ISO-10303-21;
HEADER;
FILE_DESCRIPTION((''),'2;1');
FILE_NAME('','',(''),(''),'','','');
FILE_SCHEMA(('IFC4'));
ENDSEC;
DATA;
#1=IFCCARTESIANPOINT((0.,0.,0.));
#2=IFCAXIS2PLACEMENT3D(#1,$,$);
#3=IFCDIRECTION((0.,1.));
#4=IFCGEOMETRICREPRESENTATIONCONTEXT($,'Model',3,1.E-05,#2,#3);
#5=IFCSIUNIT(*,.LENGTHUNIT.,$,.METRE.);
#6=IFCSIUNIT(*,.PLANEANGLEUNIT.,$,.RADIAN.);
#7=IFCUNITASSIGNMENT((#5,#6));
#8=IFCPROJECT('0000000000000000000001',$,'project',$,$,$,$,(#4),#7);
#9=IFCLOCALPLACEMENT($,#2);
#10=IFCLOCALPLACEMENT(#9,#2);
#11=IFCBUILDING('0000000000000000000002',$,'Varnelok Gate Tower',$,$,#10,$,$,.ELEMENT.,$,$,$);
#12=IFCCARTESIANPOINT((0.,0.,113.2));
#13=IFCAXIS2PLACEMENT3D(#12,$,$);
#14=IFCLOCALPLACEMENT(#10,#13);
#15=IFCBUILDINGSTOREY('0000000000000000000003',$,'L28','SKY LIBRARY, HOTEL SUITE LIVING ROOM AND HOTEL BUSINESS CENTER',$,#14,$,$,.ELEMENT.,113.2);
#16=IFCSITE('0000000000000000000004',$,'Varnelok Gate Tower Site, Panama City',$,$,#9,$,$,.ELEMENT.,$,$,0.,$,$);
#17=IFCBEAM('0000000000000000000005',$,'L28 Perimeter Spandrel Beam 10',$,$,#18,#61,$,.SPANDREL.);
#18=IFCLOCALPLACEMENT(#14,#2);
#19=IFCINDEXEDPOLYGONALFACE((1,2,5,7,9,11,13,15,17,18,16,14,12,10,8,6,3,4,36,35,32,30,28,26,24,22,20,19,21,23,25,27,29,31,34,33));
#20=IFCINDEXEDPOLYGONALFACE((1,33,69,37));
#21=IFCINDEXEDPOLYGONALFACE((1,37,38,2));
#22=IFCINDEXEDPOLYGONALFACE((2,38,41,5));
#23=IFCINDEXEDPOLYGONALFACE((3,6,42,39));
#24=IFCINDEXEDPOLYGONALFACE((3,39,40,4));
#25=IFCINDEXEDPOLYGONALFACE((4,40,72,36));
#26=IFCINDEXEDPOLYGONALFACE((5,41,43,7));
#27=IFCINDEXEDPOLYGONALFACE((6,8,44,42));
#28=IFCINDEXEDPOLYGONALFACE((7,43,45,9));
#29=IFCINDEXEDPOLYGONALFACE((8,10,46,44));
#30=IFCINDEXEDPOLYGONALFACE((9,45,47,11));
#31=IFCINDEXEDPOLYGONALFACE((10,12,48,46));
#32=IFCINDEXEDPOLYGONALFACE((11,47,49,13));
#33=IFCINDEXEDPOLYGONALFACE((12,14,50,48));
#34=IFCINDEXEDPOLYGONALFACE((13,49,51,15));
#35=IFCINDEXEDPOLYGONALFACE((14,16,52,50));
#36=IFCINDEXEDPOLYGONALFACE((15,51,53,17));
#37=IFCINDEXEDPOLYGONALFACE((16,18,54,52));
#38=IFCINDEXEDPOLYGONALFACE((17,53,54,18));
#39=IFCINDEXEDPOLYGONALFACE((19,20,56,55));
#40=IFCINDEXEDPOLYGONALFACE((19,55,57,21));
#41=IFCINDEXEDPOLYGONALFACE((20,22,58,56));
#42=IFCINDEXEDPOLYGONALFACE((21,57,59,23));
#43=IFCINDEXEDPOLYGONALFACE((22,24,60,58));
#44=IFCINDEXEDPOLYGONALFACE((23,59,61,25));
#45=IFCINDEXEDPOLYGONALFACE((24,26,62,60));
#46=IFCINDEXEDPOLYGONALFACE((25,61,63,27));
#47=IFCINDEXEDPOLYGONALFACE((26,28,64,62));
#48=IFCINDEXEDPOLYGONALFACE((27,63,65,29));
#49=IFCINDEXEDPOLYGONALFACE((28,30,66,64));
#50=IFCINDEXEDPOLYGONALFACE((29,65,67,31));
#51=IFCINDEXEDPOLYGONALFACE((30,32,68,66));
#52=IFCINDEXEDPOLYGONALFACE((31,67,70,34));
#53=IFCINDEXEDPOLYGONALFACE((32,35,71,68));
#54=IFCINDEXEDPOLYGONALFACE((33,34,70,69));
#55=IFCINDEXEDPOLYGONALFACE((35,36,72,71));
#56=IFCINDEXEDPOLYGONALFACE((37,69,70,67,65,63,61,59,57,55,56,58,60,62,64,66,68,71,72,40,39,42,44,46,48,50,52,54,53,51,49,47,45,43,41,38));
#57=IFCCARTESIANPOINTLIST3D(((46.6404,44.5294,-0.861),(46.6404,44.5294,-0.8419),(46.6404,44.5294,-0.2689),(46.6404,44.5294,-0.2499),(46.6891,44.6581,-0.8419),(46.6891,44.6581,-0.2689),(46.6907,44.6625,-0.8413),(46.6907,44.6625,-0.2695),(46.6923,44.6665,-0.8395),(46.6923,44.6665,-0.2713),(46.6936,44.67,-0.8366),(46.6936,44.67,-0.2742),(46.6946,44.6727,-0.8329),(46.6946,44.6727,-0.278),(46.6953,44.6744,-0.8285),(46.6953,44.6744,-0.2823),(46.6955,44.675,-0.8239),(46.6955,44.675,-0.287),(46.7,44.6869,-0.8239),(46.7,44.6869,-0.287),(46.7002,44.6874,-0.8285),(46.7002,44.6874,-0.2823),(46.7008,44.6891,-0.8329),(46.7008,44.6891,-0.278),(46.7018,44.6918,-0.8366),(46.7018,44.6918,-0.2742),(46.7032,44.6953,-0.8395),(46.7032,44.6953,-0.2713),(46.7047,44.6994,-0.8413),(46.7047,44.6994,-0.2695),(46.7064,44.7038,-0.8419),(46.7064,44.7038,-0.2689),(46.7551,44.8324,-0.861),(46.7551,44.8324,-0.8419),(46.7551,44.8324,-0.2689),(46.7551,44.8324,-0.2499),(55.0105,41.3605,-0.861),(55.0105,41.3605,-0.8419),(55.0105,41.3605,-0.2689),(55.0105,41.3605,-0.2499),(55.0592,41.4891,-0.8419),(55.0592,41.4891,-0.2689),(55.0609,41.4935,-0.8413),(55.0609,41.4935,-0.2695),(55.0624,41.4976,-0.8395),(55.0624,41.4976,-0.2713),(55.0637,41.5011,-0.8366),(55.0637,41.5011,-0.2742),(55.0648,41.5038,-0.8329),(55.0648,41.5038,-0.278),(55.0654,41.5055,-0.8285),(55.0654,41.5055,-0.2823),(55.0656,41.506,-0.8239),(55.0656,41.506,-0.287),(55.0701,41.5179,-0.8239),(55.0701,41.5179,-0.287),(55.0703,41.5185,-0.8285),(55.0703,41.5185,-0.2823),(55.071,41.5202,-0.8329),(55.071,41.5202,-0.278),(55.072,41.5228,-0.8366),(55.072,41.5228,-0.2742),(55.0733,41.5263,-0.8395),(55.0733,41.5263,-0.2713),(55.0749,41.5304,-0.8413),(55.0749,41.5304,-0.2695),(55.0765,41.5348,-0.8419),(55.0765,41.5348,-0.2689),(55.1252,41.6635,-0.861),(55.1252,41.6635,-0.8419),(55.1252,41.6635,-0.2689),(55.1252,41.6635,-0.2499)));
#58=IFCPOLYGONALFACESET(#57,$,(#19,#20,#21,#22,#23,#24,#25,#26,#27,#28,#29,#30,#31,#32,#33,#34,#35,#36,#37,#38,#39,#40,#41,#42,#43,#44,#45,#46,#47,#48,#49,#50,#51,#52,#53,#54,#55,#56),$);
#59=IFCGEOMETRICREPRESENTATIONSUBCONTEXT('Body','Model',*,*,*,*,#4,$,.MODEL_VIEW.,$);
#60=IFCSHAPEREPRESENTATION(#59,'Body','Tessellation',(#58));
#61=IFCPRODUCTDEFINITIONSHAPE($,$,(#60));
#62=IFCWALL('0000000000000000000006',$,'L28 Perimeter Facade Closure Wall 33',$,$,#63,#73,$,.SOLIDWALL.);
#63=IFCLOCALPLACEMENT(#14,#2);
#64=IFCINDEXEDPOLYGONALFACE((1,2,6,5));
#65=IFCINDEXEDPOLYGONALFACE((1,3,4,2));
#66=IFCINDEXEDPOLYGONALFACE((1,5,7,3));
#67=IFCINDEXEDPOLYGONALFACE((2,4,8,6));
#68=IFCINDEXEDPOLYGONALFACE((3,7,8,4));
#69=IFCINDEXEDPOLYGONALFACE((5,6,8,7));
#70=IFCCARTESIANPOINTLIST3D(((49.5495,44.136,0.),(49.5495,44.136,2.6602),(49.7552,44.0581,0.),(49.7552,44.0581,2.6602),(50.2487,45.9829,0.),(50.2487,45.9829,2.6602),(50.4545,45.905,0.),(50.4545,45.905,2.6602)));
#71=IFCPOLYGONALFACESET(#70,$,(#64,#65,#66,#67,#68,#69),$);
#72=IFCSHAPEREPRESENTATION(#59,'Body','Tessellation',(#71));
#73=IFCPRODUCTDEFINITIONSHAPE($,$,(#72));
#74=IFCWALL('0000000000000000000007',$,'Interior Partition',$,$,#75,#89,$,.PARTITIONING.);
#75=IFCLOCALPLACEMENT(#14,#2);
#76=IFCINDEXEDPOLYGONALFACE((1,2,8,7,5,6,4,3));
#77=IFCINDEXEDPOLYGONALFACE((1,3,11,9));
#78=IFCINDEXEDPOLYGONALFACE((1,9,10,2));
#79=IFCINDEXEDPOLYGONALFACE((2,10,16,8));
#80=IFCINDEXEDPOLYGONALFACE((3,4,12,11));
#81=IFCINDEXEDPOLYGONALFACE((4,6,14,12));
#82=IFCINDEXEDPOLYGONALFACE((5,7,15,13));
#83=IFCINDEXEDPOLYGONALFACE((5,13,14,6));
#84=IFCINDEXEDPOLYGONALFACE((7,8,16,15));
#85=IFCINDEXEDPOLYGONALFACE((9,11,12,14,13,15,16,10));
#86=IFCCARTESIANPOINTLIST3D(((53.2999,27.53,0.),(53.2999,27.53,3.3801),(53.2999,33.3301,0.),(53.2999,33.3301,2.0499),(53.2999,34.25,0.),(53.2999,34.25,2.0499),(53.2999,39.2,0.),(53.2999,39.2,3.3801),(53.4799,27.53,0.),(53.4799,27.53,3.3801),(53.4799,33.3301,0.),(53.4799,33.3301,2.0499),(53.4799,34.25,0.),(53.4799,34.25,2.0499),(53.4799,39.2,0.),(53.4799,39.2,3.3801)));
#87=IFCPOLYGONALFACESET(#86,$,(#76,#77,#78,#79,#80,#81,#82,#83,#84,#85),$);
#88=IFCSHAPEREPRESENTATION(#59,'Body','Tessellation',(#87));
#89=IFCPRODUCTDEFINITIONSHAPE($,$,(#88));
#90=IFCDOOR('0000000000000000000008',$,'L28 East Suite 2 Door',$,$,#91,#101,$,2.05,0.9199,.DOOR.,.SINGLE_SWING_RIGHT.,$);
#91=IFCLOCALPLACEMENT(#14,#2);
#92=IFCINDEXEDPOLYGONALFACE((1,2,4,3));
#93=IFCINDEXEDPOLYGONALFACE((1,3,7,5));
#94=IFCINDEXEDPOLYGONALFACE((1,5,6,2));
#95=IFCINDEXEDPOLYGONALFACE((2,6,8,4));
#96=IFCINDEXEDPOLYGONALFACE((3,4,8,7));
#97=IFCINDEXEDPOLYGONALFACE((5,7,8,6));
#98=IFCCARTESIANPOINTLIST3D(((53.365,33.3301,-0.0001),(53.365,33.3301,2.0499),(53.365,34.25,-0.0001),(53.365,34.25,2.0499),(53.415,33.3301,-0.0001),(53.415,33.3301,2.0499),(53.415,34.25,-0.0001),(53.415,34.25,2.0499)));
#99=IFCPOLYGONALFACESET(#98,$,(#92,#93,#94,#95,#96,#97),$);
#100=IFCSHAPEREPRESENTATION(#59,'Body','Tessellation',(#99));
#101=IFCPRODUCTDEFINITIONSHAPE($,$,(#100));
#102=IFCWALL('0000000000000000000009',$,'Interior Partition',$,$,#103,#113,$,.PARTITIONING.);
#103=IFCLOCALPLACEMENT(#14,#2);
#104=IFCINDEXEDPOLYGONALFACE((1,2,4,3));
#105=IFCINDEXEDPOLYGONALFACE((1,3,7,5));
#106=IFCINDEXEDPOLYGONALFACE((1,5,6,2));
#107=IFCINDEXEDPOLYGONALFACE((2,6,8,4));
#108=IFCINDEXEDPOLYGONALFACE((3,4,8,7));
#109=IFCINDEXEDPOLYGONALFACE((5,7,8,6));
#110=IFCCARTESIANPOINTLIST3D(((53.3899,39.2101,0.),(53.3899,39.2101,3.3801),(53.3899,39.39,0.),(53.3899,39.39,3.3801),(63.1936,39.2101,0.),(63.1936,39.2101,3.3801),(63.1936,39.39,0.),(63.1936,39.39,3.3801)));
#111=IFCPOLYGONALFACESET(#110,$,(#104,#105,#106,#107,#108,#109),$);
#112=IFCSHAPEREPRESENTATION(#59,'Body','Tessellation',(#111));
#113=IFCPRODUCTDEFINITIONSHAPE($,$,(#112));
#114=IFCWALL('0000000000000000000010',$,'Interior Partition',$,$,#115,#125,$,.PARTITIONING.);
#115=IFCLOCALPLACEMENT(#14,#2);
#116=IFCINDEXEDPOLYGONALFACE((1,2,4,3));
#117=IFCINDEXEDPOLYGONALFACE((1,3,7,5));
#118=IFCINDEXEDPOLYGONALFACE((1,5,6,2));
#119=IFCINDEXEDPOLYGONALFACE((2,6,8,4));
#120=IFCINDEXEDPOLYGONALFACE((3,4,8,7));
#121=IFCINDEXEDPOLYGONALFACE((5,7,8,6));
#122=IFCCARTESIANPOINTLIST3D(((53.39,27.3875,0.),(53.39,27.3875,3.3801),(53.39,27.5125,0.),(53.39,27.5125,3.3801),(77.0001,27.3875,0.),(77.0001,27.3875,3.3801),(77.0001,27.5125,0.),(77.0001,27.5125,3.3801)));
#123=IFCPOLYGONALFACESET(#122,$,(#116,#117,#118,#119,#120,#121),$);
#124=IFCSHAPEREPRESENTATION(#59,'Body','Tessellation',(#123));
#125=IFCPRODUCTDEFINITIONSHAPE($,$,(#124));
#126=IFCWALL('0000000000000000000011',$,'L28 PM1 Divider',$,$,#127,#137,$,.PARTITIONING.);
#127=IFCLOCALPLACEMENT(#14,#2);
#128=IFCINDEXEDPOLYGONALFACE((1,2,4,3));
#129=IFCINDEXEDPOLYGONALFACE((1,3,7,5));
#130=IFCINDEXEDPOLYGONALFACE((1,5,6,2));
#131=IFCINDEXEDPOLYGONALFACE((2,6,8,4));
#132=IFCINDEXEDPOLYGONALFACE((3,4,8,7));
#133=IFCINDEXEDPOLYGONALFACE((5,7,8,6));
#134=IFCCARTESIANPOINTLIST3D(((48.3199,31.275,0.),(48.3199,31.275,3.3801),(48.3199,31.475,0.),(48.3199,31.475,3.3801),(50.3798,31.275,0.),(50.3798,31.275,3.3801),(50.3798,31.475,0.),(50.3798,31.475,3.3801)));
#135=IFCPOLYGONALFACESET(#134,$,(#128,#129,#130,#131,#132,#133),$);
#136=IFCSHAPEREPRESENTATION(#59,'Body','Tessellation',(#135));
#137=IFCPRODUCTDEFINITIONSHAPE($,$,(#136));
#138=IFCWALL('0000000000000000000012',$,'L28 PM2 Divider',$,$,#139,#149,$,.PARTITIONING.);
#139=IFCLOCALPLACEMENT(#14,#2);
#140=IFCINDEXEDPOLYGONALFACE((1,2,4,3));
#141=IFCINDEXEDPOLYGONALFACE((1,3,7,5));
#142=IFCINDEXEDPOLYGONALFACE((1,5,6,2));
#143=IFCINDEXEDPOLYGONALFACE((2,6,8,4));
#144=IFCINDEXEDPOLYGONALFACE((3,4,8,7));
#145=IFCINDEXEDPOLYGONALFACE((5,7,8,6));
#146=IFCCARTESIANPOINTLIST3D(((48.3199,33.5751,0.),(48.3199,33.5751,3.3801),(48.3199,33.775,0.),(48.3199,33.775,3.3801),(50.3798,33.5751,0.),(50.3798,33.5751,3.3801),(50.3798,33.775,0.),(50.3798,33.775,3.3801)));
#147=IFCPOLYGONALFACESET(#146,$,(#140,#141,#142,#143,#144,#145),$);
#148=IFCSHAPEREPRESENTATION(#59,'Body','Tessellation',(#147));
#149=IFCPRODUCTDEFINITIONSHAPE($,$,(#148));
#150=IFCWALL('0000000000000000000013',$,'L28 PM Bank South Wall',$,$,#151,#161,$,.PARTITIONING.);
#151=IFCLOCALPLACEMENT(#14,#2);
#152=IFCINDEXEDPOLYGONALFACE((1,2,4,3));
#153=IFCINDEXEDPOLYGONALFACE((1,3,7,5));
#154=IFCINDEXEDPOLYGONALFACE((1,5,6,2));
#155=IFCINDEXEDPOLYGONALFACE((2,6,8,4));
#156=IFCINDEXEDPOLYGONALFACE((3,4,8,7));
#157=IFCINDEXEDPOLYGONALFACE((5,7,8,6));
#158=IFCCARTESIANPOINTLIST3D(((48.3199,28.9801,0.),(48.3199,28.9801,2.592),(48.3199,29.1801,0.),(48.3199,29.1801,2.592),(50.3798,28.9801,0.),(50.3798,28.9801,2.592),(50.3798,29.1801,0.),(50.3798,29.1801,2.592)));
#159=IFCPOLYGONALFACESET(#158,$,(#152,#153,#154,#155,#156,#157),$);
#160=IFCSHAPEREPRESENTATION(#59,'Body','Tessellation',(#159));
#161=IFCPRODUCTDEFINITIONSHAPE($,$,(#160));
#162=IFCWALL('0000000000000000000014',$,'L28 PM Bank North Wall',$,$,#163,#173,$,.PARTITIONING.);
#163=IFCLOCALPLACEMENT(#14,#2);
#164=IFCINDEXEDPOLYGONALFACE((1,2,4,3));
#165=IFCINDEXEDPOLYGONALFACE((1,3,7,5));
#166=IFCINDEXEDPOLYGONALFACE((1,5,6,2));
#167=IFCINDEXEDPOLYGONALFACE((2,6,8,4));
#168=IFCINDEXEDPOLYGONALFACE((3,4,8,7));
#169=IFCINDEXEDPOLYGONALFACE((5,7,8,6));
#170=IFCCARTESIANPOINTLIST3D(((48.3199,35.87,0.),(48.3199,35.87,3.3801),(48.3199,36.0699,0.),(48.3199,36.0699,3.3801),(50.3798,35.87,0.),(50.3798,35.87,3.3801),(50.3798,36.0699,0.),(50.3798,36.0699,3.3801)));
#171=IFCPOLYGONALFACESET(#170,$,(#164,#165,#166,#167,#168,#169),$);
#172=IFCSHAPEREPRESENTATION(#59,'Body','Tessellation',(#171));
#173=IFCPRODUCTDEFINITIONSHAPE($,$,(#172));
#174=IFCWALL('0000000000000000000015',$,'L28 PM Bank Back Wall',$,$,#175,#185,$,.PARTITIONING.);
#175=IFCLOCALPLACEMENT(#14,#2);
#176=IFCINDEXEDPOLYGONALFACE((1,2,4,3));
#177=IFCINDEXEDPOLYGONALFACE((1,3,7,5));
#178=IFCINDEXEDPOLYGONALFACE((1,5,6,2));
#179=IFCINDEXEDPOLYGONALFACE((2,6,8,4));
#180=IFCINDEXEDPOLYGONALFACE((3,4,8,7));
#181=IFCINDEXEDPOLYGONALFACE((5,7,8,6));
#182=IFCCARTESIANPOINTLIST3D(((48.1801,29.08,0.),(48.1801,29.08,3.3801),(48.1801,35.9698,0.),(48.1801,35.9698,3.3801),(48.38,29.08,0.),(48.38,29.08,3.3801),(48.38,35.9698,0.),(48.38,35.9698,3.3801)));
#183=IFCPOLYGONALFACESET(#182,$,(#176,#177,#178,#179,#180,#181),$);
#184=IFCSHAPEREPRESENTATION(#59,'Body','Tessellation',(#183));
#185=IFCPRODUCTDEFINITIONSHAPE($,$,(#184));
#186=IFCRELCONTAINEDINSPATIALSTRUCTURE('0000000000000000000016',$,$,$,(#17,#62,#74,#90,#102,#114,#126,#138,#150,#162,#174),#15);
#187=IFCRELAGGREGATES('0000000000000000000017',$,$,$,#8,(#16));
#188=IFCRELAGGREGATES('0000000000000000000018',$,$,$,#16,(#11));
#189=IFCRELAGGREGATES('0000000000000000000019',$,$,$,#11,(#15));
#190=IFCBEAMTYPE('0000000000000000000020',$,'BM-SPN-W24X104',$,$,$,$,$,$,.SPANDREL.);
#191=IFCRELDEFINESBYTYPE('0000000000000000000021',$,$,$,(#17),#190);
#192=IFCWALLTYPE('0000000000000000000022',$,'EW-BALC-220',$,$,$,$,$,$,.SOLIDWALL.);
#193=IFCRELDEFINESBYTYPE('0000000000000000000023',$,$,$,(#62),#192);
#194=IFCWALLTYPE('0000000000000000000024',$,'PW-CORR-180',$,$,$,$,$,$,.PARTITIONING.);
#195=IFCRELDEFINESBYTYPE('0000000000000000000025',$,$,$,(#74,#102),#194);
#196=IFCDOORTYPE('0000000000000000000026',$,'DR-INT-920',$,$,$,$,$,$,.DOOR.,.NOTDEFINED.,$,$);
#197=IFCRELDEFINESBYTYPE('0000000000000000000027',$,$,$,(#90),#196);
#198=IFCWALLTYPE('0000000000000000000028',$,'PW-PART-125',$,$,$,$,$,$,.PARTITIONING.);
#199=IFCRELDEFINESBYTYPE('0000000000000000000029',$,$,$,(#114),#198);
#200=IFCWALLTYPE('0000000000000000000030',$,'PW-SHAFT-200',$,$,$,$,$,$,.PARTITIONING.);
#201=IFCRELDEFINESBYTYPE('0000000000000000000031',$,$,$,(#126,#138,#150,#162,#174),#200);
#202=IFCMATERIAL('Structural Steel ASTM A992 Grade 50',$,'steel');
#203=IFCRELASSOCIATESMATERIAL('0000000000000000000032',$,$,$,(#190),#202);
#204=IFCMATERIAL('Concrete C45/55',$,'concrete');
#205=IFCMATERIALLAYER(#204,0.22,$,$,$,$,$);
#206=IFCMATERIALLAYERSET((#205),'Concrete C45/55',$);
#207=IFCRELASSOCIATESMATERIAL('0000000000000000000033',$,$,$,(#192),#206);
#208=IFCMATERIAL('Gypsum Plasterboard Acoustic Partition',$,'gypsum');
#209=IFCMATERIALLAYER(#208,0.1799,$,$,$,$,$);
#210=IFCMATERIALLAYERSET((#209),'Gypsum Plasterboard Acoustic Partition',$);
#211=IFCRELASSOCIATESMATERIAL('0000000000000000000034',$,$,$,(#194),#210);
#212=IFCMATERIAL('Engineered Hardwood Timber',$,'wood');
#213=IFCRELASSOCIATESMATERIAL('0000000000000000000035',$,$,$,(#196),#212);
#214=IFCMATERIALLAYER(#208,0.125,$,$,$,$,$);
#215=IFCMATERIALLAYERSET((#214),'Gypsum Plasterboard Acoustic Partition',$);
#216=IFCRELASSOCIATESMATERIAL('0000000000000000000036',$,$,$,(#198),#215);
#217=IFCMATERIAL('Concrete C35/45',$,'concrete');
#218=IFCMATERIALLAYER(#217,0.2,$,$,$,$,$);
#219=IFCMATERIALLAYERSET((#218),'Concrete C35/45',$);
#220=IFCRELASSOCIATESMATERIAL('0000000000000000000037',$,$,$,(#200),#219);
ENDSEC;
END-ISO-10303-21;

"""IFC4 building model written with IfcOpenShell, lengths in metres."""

from ifc_helpers import new_model, si_unit, direction, frame, frame_2d, origin, origin_2d, place, context, subcontext, project, spatial, rectangle, i_section, extrude, material, layer, layer_set, material_profile, profile_set, type_object, element, fill, save


model = new_model("IFC4")

# Units and contexts
model_context = context("Model", 3, precision=1e-05, world=origin(), true_north=direction((0.0, 1.0)))
body_context = subcontext(model_context, "Body", "Model", "MODEL_VIEW")
ifc_project = project(units=[si_unit("LENGTHUNIT", "METRE"), si_unit("PLANEANGLEUNIT", "RADIAN")], contexts=[model_context])

# Site, building, storey
site_placement = place(None, origin())
site = spatial("IfcSite", under=ifc_project, at=site_placement, Name="Varnelok Gate Tower Site, Panama City", CompositionType="ELEMENT", RefElevation=0.0)
building_placement = place(site_placement, origin())
building = spatial("IfcBuilding", under=site, at=building_placement, Name="Varnelok Gate Tower", CompositionType="ELEMENT")
storey_placement = place(building_placement, frame((0.0, 0.0, 113.2)))
storey = spatial("IfcBuildingStorey", under=building, at=storey_placement, Name="L28", Description="SKY LIBRARY, HOTEL SUITE LIVING ROOM AND HOTEL BUSINESS CENTER", CompositionType="ELEMENT", Elevation=113.2)

# Shared definitions
ifc_material_1 = material(Name="Structural Steel ASTM A992 Grade 50", Category="steel")

# Beam
ifc_material_profile_1 = material_profile(ifc_material_1, i_section(OverallWidth=0.324, OverallDepth=0.6111, WebThickness=0.0127, FlangeThickness=0.019, FilletRadius=0.0181, at=origin_2d()), Name="W24X104")
ifc_profile_set_1 = profile_set([ifc_material_profile_1], Name="Structural Steel ASTM A992 Grade 50")
beam_type_1 = type_object("IfcBeamType", Name="BM-SPN-W24X104", PredefinedType="SPANDREL", material=ifc_profile_set_1)
beam_1_placement = place(storey_placement, frame((55.0679, 41.512, -0.5554), z_axis=(-0.935217, 0.354075, 0.0), x_axis=(-0.354075, -0.935217, 0.0)))
element("IfcBeam", 1, at=beam_1_placement, inside=storey, type_object=beam_type_1, Name="L28 Perimeter Spandrel Beam 10", PredefinedType="SPANDREL", context=body_context, shape_type="SweptSolid", body=[
    extrude(i_section(OverallWidth=0.324, OverallDepth=0.6111, WebThickness=0.0127, FlangeThickness=0.019, FilletRadius=0.0181, at=origin_2d()), origin(), (0.0, 0.0, 1.0), 8.95),
])

# Wall
ifc_material_2 = material(Name="Concrete C45/55", Category="concrete")
ifc_layer_1 = layer(ifc_material_2, 0.22)
ifc_layer_set_1 = layer_set([ifc_layer_1], Name="Concrete C45/55")
wall_type_1 = type_object("IfcWallType", Name="EW-BALC-220", PredefinedType="SOLIDWALL", material=ifc_layer_set_1)
wall_1_placement = place(storey_placement, frame((50.3516, 45.9438, 0.0), z_axis=(0.0, 0.0, 1.0), x_axis=(-0.354062, -0.935222, 0.0)))
element("IfcWall", 2, at=wall_1_placement, inside=storey, type_object=wall_type_1, Name="L28 Perimeter Facade Closure Wall 33", PredefinedType="SOLIDWALL", context=body_context, shape_type="SweptSolid", body=[
    extrude(rectangle(XDim=1.9749, YDim=0.22, at=frame_2d((0.9873, 0.0))), origin(), (0.0, 0.0, 1.0), 2.6602),
])

# Wall, opening, door
ifc_material_3 = material(Name="Gypsum Plasterboard Acoustic Partition", Category="gypsum")
ifc_layer_2 = layer(ifc_material_3, 0.1799)
ifc_layer_set_2 = layer_set([ifc_layer_2], Name="Gypsum Plasterboard Acoustic Partition")
wall_type_2 = type_object("IfcWallType", Name="PW-CORR-180", PredefinedType="PARTITIONING", material=ifc_layer_set_2)
wall_2_placement = place(storey_placement, frame((53.3899, 27.53, 0.0), z_axis=(0.0, 0.0, 1.0), x_axis=(0.0, 1.0, 0.0)))
wall_2 = element("IfcWall", 3, at=wall_2_placement, inside=storey, type_object=wall_type_2, Name="Interior Partition", PredefinedType="PARTITIONING", context=body_context, shape_type="SweptSolid", body=[
    extrude(rectangle(XDim=11.6699, YDim=0.1799, at=frame_2d((5.835, 0.0))), origin(), (0.0, 0.0, 1.0), 3.3801),
])
opening_placement = place(wall_2_placement, frame((5.8, 0.0, 0.0)))
opening = element("IfcOpeningElement", 4, at=opening_placement, cuts=wall_2, PredefinedType="OPENING", context=body_context, shape_type="SweptSolid", body=[
    extrude(rectangle(XDim=0.9199, YDim=2.05, at=frame_2d((0.46, 1.0249))), frame((0.0, 0.0999, 0.0), z_axis=(0.0, -1.0, 0.0), x_axis=(1.0, 0.0, 0.0)), (0.0, 0.0, 1.0), 0.2),
])
ifc_material_4 = material(Name="Engineered Hardwood Timber", Category="wood")
door_type = type_object("IfcDoorType", Name="DR-INT-920", OperationType="NOTDEFINED", PredefinedType="DOOR", material=ifc_material_4)
door_placement = place(opening_placement, origin())
door = element("IfcDoor", 5, at=door_placement, inside=storey, type_object=door_type, Name="L28 East Suite 2 Door", OperationType="SINGLE_SWING_RIGHT", OverallHeight=2.05, OverallWidth=0.9199, PredefinedType="DOOR", context=body_context, shape_type="SweptSolid", body=[
    extrude(rectangle(XDim=0.9199, YDim=2.05, at=frame_2d((0.46, 1.0249))), frame((0.0, 0.0249, 0.0), z_axis=(0.0, -1.0, 0.0), x_axis=(1.0, 0.0, 0.0)), (0.0, 0.0, 1.0), 0.05),
])
fill(opening, door)

# Walls
wall_3_placement = place(storey_placement, frame((53.3899, 39.3, 0.0), z_axis=(0.0, 0.0, 1.0), x_axis=(1.0, 0.0, 0.0)))
element("IfcWall", 6, at=wall_3_placement, inside=storey, type_object=wall_type_2, Name="Interior Partition", PredefinedType="PARTITIONING", context=body_context, shape_type="SweptSolid", body=[
    extrude(rectangle(XDim=9.8037, YDim=0.1799, at=frame_2d((4.9019, 0.0))), origin(), (0.0, 0.0, 1.0), 3.3801),
])
ifc_layer_3 = layer(ifc_material_3, 0.125)
ifc_layer_set_3 = layer_set([ifc_layer_3], Name="Gypsum Plasterboard Acoustic Partition")
wall_type_3 = type_object("IfcWallType", Name="PW-PART-125", PredefinedType="PARTITIONING", material=ifc_layer_set_3)
wall_4_placement = place(storey_placement, frame((53.3899, 27.45, 0.0), z_axis=(0.0, 0.0, 1.0), x_axis=(1.0, 0.0, 0.0)))
element("IfcWall", 7, at=wall_4_placement, inside=storey, type_object=wall_type_3, Name="Interior Partition", PredefinedType="PARTITIONING", context=body_context, shape_type="SweptSolid", body=[
    extrude(rectangle(XDim=23.6101, YDim=0.125, at=frame_2d((11.8052, 0.0))), origin(), (0.0, 0.0, 1.0), 3.3801),
])
ifc_material_5 = material(Name="Concrete C35/45", Category="concrete")
ifc_layer_4 = layer(ifc_material_5, 0.2)
ifc_layer_set_4 = layer_set([ifc_layer_4], Name="Concrete C35/45")
wall_type_4 = type_object("IfcWallType", Name="PW-SHAFT-200", PredefinedType="PARTITIONING", material=ifc_layer_set_4)
for number, where, z_axis, x_axis, name in (
    (8, (48.3201, 31.375, 0.0), (0.0, 0.0, 1.0), (1.0, 0.0, 0.0), "L28 PM1 Divider"),
    (9, (48.3201, 33.675, 0.0), (0.0, 0.0, 1.0), (1.0, 0.0, 0.0), "L28 PM2 Divider"),
):
    element("IfcWall", number, at=place(storey_placement, frame(where, z_axis=z_axis, x_axis=x_axis)), inside=storey, type_object=wall_type_4, Name=name, PredefinedType="PARTITIONING", context=body_context, shape_type="SweptSolid", body=[
        extrude(rectangle(XDim=2.0598, YDim=0.2, at=frame_2d((1.0298, 0.0))), origin(), (0.0, 0.0, 1.0), 3.3801),
    ])
wall_5_placement = place(storey_placement, frame((48.3201, 29.0801, 0.0), z_axis=(0.0, 0.0, 1.0), x_axis=(1.0, 0.0, 0.0)))
element("IfcWall", 10, at=wall_5_placement, inside=storey, type_object=wall_type_4, Name="L28 PM Bank South Wall", PredefinedType="PARTITIONING", context=body_context, shape_type="SweptSolid", body=[
    extrude(rectangle(XDim=2.0598, YDim=0.2, at=frame_2d((1.0298, 0.0))), origin(), (0.0, 0.0, 1.0), 2.592),
])
wall_6_placement = place(storey_placement, frame((48.3201, 35.97, 0.0), z_axis=(0.0, 0.0, 1.0), x_axis=(1.0, 0.0, 0.0)))
element("IfcWall", 11, at=wall_6_placement, inside=storey, type_object=wall_type_4, Name="L28 PM Bank North Wall", PredefinedType="PARTITIONING", context=body_context, shape_type="SweptSolid", body=[
    extrude(rectangle(XDim=2.0598, YDim=0.2, at=frame_2d((1.0298, 0.0))), origin(), (0.0, 0.0, 1.0), 3.3801),
])
for number, where, z_axis, x_axis, name in (
    (12, (48.28, 29.0801, 0.0), (0.0, 0.0, 1.0), (0.0, 1.0, 0.0), "L28 PM Bank Back Wall"),
):
    element("IfcWall", number, at=place(storey_placement, frame(where, z_axis=z_axis, x_axis=x_axis)), inside=storey, type_object=wall_type_4, Name=name, PredefinedType="PARTITIONING", context=body_context, shape_type="SweptSolid", body=[
        extrude(rectangle(XDim=6.8899, YDim=0.2, at=frame_2d((3.4448, 0.0))), origin(), (0.0, 0.0, 1.0), 3.3801),
    ])

save(model, "model.ifc")
